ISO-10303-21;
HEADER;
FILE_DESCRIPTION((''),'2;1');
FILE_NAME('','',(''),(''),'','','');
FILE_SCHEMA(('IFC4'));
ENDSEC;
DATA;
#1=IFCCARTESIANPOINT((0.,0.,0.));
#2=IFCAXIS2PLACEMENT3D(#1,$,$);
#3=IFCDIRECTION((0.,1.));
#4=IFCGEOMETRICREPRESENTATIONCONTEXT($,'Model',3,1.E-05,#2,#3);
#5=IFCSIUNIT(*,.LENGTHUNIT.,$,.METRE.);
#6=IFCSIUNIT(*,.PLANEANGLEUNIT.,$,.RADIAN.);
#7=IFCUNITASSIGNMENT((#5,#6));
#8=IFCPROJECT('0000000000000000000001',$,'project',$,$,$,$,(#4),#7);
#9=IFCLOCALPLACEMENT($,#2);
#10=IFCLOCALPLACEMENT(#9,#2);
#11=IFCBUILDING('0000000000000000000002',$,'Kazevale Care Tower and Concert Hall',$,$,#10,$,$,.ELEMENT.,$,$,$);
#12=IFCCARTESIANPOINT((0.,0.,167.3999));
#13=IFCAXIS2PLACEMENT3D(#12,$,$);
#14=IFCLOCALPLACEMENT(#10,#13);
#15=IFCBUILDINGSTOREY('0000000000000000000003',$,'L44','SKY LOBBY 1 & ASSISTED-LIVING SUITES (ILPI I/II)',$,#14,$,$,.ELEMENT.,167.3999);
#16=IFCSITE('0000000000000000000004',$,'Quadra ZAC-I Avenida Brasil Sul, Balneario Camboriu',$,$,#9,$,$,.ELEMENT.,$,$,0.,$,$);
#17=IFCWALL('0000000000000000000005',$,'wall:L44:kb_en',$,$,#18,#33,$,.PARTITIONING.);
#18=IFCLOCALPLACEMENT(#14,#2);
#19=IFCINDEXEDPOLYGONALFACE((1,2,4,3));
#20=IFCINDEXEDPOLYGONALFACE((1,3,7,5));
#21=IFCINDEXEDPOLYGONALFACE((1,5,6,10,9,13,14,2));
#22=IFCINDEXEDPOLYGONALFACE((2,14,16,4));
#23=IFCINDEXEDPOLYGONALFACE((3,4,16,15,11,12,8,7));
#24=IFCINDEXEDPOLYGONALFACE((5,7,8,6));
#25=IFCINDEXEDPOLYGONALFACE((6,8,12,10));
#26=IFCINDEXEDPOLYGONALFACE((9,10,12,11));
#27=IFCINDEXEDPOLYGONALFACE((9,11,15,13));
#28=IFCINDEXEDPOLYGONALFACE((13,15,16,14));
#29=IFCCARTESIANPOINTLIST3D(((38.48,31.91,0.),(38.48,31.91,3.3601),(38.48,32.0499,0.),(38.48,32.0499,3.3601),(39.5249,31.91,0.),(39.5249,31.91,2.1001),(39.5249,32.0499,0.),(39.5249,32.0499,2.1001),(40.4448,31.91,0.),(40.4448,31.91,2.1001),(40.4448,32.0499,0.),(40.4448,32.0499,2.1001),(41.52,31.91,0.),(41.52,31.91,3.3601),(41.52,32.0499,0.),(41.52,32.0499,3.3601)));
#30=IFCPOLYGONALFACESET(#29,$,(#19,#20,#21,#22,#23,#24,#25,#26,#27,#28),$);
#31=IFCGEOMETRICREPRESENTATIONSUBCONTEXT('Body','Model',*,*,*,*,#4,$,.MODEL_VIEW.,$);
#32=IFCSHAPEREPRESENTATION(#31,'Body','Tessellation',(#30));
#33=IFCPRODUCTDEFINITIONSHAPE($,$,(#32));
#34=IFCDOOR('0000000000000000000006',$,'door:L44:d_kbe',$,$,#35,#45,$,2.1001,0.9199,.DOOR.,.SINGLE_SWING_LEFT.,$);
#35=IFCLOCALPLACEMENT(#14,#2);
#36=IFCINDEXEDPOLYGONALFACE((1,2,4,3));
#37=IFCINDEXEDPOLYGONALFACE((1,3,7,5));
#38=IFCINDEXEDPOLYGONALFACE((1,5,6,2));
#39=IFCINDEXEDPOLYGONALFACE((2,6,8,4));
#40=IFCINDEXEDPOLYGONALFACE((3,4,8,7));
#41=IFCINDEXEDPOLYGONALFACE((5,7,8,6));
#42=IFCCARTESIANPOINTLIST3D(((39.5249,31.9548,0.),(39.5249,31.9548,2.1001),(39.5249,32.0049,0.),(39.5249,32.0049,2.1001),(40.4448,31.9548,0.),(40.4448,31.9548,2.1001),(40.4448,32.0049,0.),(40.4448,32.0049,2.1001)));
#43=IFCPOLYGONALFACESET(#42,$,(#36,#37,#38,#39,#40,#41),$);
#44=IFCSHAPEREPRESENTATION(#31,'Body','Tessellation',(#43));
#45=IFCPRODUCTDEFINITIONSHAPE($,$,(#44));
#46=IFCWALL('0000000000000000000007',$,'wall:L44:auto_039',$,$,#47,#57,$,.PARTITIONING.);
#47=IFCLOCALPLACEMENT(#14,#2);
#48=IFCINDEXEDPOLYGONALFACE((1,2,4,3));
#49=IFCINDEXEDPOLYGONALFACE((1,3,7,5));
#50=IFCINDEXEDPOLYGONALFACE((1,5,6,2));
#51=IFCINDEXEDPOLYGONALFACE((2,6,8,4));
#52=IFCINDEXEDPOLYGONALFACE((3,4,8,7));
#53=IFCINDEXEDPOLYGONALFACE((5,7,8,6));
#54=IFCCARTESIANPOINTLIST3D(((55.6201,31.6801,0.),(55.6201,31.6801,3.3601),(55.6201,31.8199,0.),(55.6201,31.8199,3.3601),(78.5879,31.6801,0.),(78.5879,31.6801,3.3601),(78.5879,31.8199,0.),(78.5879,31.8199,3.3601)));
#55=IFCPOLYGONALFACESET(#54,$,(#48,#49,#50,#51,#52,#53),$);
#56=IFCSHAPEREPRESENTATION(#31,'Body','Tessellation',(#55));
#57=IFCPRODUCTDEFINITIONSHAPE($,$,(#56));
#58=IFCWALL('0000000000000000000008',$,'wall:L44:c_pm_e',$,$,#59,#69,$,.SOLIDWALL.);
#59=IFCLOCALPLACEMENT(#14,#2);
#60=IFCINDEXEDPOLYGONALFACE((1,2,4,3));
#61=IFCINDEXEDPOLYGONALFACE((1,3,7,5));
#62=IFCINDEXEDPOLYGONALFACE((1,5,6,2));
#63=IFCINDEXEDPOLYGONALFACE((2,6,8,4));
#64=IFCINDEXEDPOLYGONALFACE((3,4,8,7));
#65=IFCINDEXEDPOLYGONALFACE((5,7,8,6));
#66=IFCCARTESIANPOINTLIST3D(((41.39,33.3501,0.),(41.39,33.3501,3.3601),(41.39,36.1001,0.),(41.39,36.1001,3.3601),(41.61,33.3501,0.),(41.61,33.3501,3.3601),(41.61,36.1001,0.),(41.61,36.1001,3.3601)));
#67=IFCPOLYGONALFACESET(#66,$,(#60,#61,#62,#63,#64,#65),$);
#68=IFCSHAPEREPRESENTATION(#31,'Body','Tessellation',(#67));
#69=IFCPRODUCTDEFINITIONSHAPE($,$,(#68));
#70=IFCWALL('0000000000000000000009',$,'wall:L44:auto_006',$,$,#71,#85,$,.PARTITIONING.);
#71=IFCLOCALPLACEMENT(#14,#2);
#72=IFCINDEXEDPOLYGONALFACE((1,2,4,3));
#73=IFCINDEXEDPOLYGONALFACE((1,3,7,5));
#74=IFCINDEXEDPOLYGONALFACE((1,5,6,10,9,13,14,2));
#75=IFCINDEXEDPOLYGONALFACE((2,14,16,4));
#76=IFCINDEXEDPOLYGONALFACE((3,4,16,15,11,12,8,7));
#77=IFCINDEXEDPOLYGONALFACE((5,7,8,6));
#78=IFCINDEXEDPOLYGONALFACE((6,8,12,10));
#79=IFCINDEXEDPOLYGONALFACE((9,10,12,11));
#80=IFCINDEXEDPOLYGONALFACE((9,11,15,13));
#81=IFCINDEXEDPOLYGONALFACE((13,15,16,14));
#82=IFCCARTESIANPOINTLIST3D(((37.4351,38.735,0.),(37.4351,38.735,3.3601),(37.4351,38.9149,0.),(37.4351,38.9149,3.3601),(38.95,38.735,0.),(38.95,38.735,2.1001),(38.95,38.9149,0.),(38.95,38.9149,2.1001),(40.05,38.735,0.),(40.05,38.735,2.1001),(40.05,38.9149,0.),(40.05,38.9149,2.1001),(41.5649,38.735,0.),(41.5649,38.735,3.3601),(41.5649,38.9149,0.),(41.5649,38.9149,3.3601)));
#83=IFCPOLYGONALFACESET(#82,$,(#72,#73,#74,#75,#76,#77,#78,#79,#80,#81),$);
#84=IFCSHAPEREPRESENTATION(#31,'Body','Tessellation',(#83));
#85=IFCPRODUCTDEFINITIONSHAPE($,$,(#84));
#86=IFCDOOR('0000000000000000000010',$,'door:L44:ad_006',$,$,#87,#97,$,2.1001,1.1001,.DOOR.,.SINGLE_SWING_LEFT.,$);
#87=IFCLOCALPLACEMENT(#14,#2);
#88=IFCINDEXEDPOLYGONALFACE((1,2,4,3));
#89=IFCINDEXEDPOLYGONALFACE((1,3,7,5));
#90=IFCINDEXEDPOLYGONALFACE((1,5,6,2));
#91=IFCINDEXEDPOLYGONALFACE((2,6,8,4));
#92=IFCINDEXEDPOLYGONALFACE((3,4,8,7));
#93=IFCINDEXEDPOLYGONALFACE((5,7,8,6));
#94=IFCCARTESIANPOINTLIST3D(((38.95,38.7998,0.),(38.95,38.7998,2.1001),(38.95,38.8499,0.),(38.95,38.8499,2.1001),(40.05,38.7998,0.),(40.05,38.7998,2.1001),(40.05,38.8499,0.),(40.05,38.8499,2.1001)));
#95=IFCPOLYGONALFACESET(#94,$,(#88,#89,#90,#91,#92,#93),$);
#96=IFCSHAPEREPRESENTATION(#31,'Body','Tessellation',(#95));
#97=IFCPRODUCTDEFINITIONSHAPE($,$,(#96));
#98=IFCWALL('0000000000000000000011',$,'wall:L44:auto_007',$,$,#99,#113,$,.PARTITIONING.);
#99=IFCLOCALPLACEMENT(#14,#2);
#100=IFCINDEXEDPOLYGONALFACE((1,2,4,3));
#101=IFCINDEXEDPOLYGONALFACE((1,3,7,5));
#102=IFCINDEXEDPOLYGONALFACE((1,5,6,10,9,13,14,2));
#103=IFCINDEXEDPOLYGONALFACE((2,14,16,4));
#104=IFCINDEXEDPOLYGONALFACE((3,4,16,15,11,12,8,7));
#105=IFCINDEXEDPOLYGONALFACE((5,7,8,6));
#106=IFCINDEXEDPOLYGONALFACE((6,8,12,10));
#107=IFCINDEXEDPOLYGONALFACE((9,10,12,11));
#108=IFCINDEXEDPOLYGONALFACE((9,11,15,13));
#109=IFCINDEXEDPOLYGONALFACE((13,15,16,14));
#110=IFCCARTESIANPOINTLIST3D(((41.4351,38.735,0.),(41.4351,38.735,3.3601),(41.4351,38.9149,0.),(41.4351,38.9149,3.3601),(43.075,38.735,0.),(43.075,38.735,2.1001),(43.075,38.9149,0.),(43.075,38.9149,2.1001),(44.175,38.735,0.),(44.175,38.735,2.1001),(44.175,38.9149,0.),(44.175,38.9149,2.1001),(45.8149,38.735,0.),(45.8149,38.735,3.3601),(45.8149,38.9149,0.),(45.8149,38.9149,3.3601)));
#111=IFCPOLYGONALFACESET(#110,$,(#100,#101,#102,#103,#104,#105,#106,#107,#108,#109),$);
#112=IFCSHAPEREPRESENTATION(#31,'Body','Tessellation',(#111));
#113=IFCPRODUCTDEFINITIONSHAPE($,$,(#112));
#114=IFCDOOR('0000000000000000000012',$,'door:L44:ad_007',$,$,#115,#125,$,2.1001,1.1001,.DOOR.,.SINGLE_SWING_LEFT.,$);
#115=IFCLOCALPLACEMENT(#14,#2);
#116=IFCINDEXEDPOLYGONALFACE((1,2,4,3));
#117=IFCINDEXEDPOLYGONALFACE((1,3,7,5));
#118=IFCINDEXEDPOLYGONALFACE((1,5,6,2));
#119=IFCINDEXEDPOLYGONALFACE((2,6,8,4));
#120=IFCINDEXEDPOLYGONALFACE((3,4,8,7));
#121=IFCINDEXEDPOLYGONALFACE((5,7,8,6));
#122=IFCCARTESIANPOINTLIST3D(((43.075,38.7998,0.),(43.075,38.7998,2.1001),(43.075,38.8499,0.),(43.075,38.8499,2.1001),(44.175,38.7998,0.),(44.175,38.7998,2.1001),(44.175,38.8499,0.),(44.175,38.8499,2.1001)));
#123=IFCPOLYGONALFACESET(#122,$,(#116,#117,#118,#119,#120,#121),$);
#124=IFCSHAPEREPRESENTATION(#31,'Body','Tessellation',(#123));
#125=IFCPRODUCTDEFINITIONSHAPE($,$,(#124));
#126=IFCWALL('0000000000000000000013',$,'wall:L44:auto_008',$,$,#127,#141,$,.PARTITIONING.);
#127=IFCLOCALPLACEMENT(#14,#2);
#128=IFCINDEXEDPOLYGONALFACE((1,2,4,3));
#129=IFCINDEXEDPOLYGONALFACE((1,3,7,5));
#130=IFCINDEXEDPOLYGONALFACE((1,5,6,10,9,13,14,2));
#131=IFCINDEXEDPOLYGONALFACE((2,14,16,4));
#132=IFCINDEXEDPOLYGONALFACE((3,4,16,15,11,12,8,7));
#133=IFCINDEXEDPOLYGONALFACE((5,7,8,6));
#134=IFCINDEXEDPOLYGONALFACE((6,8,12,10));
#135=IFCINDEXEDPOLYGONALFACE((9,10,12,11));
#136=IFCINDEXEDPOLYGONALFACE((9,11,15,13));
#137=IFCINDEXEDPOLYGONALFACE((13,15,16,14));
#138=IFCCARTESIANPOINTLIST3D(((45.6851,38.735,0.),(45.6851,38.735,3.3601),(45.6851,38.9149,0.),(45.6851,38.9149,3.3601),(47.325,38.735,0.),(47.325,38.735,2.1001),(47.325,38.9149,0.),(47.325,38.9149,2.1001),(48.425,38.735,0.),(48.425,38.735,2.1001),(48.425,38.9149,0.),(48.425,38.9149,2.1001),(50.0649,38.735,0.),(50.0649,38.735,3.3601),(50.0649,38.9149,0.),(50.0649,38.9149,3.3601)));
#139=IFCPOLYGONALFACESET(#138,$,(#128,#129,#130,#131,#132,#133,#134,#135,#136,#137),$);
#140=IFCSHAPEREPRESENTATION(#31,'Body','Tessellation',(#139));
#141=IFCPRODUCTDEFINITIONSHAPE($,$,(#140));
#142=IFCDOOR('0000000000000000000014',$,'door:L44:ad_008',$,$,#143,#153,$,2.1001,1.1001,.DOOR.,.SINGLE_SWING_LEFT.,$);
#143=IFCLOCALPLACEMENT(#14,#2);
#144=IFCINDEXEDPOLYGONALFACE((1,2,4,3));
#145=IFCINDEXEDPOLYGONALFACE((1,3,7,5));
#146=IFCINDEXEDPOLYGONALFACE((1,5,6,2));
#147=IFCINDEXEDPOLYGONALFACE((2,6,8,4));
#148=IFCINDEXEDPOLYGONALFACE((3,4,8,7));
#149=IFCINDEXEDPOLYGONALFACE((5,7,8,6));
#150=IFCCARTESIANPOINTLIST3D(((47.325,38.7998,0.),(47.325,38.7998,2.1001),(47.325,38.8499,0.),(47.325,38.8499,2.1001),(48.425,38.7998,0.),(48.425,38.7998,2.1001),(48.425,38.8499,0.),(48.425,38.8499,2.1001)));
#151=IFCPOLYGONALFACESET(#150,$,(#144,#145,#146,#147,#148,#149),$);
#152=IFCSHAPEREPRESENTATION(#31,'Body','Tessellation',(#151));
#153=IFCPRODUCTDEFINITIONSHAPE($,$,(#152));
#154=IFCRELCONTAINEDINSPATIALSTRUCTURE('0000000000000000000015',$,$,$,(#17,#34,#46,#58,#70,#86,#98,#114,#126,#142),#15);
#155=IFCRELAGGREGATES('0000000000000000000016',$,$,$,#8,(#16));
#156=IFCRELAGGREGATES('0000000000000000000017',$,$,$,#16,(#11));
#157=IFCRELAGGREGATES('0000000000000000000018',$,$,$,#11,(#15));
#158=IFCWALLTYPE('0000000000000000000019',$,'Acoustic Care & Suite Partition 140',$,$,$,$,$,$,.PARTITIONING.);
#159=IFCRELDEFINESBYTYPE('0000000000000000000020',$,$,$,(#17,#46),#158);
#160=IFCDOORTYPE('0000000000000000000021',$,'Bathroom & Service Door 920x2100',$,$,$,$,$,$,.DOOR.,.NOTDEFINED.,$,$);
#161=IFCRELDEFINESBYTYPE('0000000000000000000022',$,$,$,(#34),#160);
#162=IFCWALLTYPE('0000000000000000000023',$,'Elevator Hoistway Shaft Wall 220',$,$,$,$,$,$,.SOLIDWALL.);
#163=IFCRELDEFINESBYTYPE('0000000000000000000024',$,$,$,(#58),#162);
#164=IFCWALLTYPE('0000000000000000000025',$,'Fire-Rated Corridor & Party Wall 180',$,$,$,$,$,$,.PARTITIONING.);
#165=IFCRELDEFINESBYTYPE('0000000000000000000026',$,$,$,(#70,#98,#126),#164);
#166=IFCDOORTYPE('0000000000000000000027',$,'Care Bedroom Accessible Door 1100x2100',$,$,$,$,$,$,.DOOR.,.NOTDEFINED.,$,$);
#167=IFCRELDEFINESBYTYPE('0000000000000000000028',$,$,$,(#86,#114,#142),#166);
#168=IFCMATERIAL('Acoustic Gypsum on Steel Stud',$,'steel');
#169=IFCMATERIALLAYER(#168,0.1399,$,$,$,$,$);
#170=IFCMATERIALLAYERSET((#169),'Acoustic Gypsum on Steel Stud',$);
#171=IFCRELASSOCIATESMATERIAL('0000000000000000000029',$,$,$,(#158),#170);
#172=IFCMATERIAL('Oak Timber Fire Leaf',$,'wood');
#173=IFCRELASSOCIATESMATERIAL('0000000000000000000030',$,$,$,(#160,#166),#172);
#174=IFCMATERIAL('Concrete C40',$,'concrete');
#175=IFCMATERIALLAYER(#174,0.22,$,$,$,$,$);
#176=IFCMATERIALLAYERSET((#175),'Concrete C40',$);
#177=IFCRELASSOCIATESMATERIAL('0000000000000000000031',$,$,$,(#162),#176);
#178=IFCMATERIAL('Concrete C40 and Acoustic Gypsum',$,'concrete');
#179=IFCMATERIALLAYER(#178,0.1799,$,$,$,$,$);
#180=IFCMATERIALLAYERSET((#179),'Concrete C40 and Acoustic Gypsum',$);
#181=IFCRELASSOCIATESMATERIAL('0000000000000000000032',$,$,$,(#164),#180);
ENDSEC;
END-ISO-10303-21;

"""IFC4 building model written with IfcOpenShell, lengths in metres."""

from ifc_helpers import new_model, si_unit, direction, frame, frame_2d, origin, place, context, subcontext, project, spatial, rectangle, extrude, material, layer, layer_set, type_object, element, fill, save


model = new_model("IFC4")

# Units and contexts
model_context = context("Model", 3, precision=1e-05, world=origin(), true_north=direction((0.0, 1.0)))
body_context = subcontext(model_context, "Body", "Model", "MODEL_VIEW")
ifc_project = project(units=[si_unit("LENGTHUNIT", "METRE"), si_unit("PLANEANGLEUNIT", "RADIAN")], contexts=[model_context])

# Site, building, storey
site_placement = place(None, origin())
site = spatial("IfcSite", under=ifc_project, at=site_placement, Name="Quadra ZAC-I Avenida Brasil Sul, Balneario Camboriu", CompositionType="ELEMENT", RefElevation=0.0)
building_placement = place(site_placement, origin())
building = spatial("IfcBuilding", under=site, at=building_placement, Name="Kazevale Care Tower and Concert Hall", CompositionType="ELEMENT")
storey_placement = place(building_placement, frame((0.0, 0.0, 167.3999)))
storey = spatial("IfcBuildingStorey", under=building, at=storey_placement, Name="L44", Description="SKY LOBBY 1 & ASSISTED-LIVING SUITES (ILPI I/II)", CompositionType="ELEMENT", Elevation=167.3999)

# Wall, opening, door
ifc_material_1 = material(Name="Acoustic Gypsum on Steel Stud", Category="steel")
ifc_layer_1 = layer(ifc_material_1, 0.1399)
ifc_layer_set_1 = layer_set([ifc_layer_1], Name="Acoustic Gypsum on Steel Stud")
wall_type_1 = type_object("IfcWallType", Name="Acoustic Care & Suite Partition 140", PredefinedType="PARTITIONING", material=ifc_layer_set_1)
wall_1_placement = place(storey_placement, frame((38.48, 31.98, 0.0), z_axis=(0.0, 0.0, 1.0), x_axis=(1.0, 0.0, 0.0)))
wall_1 = element("IfcWall", 1, at=wall_1_placement, inside=storey, type_object=wall_type_1, Name="wall:L44:kb_en", PredefinedType="PARTITIONING", context=body_context, shape_type="SweptSolid", body=[
    extrude(rectangle(XDim=3.04, YDim=0.1399, at=frame_2d((1.52, 0.0))), origin(), (0.0, 0.0, 1.0), 3.3601),
])
opening_1_placement = place(wall_1_placement, frame((1.0449, 0.0, 0.0)))
opening_1 = element("IfcOpeningElement", 2, at=opening_1_placement, cuts=wall_1, PredefinedType="OPENING", context=body_context, shape_type="SweptSolid", body=[
    extrude(rectangle(XDim=0.9199, YDim=2.1001, at=frame_2d((0.46, 1.05))), frame((0.0, 0.0798, 0.0), z_axis=(0.0, -1.0, 0.0), x_axis=(1.0, 0.0, 0.0)), (0.0, 0.0, 1.0), 0.1599),
])
ifc_material_2 = material(Name="Oak Timber Fire Leaf", Category="wood")
door_type_1 = type_object("IfcDoorType", Name="Bathroom & Service Door 920x2100", OperationType="NOTDEFINED", PredefinedType="DOOR", material=ifc_material_2)
door_1_placement = place(opening_1_placement, origin())
door_1 = element("IfcDoor", 3, at=door_1_placement, inside=storey, type_object=door_type_1, Name="door:L44:d_kbe", OperationType="SINGLE_SWING_LEFT", OverallHeight=2.1001, OverallWidth=0.9199, PredefinedType="DOOR", context=body_context, shape_type="SweptSolid", body=[
    extrude(rectangle(XDim=0.9199, YDim=2.1001, at=frame_2d((0.46, 1.05))), frame((0.0, 0.0249, 0.0), z_axis=(0.0, -1.0, 0.0), x_axis=(1.0, 0.0, 0.0)), (0.0, 0.0, 1.0), 0.05),
])
fill(opening_1, door_1)

# Walls
wall_2_placement = place(storey_placement, frame((55.6201, 31.75, 0.0), z_axis=(0.0, 0.0, 1.0), x_axis=(1.0, 0.0, 0.0)))
element("IfcWall", 4, at=wall_2_placement, inside=storey, type_object=wall_type_1, Name="wall:L44:auto_039", PredefinedType="PARTITIONING", context=body_context, shape_type="SweptSolid", body=[
    extrude(rectangle(XDim=22.9678, YDim=0.1399, at=frame_2d((11.4839, 0.0))), origin(), (0.0, 0.0, 1.0), 3.3601),
])
ifc_material_3 = material(Name="Concrete C40", Category="concrete")
ifc_layer_2 = layer(ifc_material_3, 0.22)
ifc_layer_set_2 = layer_set([ifc_layer_2], Name="Concrete C40")
wall_type_2 = type_object("IfcWallType", Name="Elevator Hoistway Shaft Wall 220", PredefinedType="SOLIDWALL", material=ifc_layer_set_2)
wall_3_placement = place(storey_placement, frame((41.5, 33.3501, 0.0), z_axis=(0.0, 0.0, 1.0), x_axis=(0.0, 1.0, 0.0)))
element("IfcWall", 5, at=wall_3_placement, inside=storey, type_object=wall_type_2, Name="wall:L44:c_pm_e", PredefinedType="SOLIDWALL", context=body_context, shape_type="SweptSolid", body=[
    extrude(rectangle(XDim=2.75, YDim=0.22, at=frame_2d((1.375, 0.0))), origin(), (0.0, 0.0, 1.0), 3.3601),
])

# Walls, openings, doors
ifc_material_4 = material(Name="Concrete C40 and Acoustic Gypsum", Category="concrete")
ifc_layer_3 = layer(ifc_material_4, 0.1799)
ifc_layer_set_3 = layer_set([ifc_layer_3], Name="Concrete C40 and Acoustic Gypsum")
wall_type_3 = type_object("IfcWallType", Name="Fire-Rated Corridor & Party Wall 180", PredefinedType="PARTITIONING", material=ifc_layer_set_3)
wall_4_placement = place(storey_placement, frame((37.4351, 38.825, 0.0), z_axis=(0.0, 0.0, 1.0), x_axis=(1.0, 0.0, 0.0)))
wall_4 = element("IfcWall", 6, at=wall_4_placement, inside=storey, type_object=wall_type_3, Name="wall:L44:auto_006", PredefinedType="PARTITIONING", context=body_context, shape_type="SweptSolid", body=[
    extrude(rectangle(XDim=4.1299, YDim=0.1799, at=frame_2d((2.0649, 0.0))), origin(), (0.0, 0.0, 1.0), 3.3601),
])
opening_2_placement = place(wall_4_placement, frame((1.5149, 0.0, 0.0)))
opening_2 = element("IfcOpeningElement", 7, at=opening_2_placement, cuts=wall_4, PredefinedType="OPENING", context=body_context, shape_type="SweptSolid", body=[
    extrude(rectangle(XDim=1.1001, YDim=2.1001, at=frame_2d((0.55, 1.05))), frame((0.0, 0.0999, 0.0), z_axis=(0.0, -1.0, 0.0), x_axis=(1.0, 0.0, 0.0)), (0.0, 0.0, 1.0), 0.2),
])
door_type_2 = type_object("IfcDoorType", Name="Care Bedroom Accessible Door 1100x2100", OperationType="NOTDEFINED", PredefinedType="DOOR", material=ifc_material_2)
door_2_placement = place(opening_2_placement, origin())
door_2 = element("IfcDoor", 8, at=door_2_placement, inside=storey, type_object=door_type_2, Name="door:L44:ad_006", OperationType="SINGLE_SWING_LEFT", OverallHeight=2.1001, OverallWidth=1.1001, PredefinedType="DOOR", context=body_context, shape_type="SweptSolid", body=[
    extrude(rectangle(XDim=1.1001, YDim=2.1001, at=frame_2d((0.55, 1.05))), frame((0.0, 0.0249, 0.0), z_axis=(0.0, -1.0, 0.0), x_axis=(1.0, 0.0, 0.0)), (0.0, 0.0, 1.0), 0.05),
])
fill(opening_2, door_2)
wall_5_placement = place(storey_placement, frame((41.4351, 38.825, 0.0), z_axis=(0.0, 0.0, 1.0), x_axis=(1.0, 0.0, 0.0)))
wall_5 = element("IfcWall", 9, at=wall_5_placement, inside=storey, type_object=wall_type_3, Name="wall:L44:auto_007", PredefinedType="PARTITIONING", context=body_context, shape_type="SweptSolid", body=[
    extrude(rectangle(XDim=4.3799, YDim=0.1799, at=frame_2d((2.1899, 0.0))), origin(), (0.0, 0.0, 1.0), 3.3601),
])
opening_3_placement = place(wall_5_placement, frame((1.6399, 0.0, 0.0)))
opening_3 = element("IfcOpeningElement", 10, at=opening_3_placement, cuts=wall_5, PredefinedType="OPENING", context=body_context, shape_type="SweptSolid", body=[
    extrude(rectangle(XDim=1.1001, YDim=2.1001, at=frame_2d((0.55, 1.05))), frame((0.0, 0.0999, 0.0), z_axis=(0.0, -1.0, 0.0), x_axis=(1.0, 0.0, 0.0)), (0.0, 0.0, 1.0), 0.2),
])
door_3_placement = place(opening_3_placement, origin())
door_3 = element("IfcDoor", 11, at=door_3_placement, inside=storey, type_object=door_type_2, Name="door:L44:ad_007", OperationType="SINGLE_SWING_LEFT", OverallHeight=2.1001, OverallWidth=1.1001, PredefinedType="DOOR", context=body_context, shape_type="SweptSolid", body=[
    extrude(rectangle(XDim=1.1001, YDim=2.1001, at=frame_2d((0.55, 1.05))), frame((0.0, 0.0249, 0.0), z_axis=(0.0, -1.0, 0.0), x_axis=(1.0, 0.0, 0.0)), (0.0, 0.0, 1.0), 0.05),
])
fill(opening_3, door_3)
wall_6_placement = place(storey_placement, frame((45.6851, 38.825, 0.0), z_axis=(0.0, 0.0, 1.0), x_axis=(1.0, 0.0, 0.0)))
wall_6 = element("IfcWall", 12, at=wall_6_placement, inside=storey, type_object=wall_type_3, Name="wall:L44:auto_008", PredefinedType="PARTITIONING", context=body_context, shape_type="SweptSolid", body=[
    extrude(rectangle(XDim=4.3799, YDim=0.1799, at=frame_2d((2.1899, 0.0))), origin(), (0.0, 0.0, 1.0), 3.3601),
])
opening_4_placement = place(wall_6_placement, frame((1.6399, 0.0, 0.0)))
opening_4 = element("IfcOpeningElement", 13, at=opening_4_placement, cuts=wall_6, PredefinedType="OPENING", context=body_context, shape_type="SweptSolid", body=[
    extrude(rectangle(XDim=1.1001, YDim=2.1001, at=frame_2d((0.55, 1.05))), frame((0.0, 0.0999, 0.0), z_axis=(0.0, -1.0, 0.0), x_axis=(1.0, 0.0, 0.0)), (0.0, 0.0, 1.0), 0.2),
])
door_4_placement = place(opening_4_placement, origin())
door_4 = element("IfcDoor", 14, at=door_4_placement, inside=storey, type_object=door_type_2, Name="door:L44:ad_008", OperationType="SINGLE_SWING_LEFT", OverallHeight=2.1001, OverallWidth=1.1001, PredefinedType="DOOR", context=body_context, shape_type="SweptSolid", body=[
    extrude(rectangle(XDim=1.1001, YDim=2.1001, at=frame_2d((0.55, 1.05))), frame((0.0, 0.0249, 0.0), z_axis=(0.0, -1.0, 0.0), x_axis=(1.0, 0.0, 0.0)), (0.0, 0.0, 1.0), 0.05),
])
fill(opening_4, door_4)

save(model, "model.ifc")
